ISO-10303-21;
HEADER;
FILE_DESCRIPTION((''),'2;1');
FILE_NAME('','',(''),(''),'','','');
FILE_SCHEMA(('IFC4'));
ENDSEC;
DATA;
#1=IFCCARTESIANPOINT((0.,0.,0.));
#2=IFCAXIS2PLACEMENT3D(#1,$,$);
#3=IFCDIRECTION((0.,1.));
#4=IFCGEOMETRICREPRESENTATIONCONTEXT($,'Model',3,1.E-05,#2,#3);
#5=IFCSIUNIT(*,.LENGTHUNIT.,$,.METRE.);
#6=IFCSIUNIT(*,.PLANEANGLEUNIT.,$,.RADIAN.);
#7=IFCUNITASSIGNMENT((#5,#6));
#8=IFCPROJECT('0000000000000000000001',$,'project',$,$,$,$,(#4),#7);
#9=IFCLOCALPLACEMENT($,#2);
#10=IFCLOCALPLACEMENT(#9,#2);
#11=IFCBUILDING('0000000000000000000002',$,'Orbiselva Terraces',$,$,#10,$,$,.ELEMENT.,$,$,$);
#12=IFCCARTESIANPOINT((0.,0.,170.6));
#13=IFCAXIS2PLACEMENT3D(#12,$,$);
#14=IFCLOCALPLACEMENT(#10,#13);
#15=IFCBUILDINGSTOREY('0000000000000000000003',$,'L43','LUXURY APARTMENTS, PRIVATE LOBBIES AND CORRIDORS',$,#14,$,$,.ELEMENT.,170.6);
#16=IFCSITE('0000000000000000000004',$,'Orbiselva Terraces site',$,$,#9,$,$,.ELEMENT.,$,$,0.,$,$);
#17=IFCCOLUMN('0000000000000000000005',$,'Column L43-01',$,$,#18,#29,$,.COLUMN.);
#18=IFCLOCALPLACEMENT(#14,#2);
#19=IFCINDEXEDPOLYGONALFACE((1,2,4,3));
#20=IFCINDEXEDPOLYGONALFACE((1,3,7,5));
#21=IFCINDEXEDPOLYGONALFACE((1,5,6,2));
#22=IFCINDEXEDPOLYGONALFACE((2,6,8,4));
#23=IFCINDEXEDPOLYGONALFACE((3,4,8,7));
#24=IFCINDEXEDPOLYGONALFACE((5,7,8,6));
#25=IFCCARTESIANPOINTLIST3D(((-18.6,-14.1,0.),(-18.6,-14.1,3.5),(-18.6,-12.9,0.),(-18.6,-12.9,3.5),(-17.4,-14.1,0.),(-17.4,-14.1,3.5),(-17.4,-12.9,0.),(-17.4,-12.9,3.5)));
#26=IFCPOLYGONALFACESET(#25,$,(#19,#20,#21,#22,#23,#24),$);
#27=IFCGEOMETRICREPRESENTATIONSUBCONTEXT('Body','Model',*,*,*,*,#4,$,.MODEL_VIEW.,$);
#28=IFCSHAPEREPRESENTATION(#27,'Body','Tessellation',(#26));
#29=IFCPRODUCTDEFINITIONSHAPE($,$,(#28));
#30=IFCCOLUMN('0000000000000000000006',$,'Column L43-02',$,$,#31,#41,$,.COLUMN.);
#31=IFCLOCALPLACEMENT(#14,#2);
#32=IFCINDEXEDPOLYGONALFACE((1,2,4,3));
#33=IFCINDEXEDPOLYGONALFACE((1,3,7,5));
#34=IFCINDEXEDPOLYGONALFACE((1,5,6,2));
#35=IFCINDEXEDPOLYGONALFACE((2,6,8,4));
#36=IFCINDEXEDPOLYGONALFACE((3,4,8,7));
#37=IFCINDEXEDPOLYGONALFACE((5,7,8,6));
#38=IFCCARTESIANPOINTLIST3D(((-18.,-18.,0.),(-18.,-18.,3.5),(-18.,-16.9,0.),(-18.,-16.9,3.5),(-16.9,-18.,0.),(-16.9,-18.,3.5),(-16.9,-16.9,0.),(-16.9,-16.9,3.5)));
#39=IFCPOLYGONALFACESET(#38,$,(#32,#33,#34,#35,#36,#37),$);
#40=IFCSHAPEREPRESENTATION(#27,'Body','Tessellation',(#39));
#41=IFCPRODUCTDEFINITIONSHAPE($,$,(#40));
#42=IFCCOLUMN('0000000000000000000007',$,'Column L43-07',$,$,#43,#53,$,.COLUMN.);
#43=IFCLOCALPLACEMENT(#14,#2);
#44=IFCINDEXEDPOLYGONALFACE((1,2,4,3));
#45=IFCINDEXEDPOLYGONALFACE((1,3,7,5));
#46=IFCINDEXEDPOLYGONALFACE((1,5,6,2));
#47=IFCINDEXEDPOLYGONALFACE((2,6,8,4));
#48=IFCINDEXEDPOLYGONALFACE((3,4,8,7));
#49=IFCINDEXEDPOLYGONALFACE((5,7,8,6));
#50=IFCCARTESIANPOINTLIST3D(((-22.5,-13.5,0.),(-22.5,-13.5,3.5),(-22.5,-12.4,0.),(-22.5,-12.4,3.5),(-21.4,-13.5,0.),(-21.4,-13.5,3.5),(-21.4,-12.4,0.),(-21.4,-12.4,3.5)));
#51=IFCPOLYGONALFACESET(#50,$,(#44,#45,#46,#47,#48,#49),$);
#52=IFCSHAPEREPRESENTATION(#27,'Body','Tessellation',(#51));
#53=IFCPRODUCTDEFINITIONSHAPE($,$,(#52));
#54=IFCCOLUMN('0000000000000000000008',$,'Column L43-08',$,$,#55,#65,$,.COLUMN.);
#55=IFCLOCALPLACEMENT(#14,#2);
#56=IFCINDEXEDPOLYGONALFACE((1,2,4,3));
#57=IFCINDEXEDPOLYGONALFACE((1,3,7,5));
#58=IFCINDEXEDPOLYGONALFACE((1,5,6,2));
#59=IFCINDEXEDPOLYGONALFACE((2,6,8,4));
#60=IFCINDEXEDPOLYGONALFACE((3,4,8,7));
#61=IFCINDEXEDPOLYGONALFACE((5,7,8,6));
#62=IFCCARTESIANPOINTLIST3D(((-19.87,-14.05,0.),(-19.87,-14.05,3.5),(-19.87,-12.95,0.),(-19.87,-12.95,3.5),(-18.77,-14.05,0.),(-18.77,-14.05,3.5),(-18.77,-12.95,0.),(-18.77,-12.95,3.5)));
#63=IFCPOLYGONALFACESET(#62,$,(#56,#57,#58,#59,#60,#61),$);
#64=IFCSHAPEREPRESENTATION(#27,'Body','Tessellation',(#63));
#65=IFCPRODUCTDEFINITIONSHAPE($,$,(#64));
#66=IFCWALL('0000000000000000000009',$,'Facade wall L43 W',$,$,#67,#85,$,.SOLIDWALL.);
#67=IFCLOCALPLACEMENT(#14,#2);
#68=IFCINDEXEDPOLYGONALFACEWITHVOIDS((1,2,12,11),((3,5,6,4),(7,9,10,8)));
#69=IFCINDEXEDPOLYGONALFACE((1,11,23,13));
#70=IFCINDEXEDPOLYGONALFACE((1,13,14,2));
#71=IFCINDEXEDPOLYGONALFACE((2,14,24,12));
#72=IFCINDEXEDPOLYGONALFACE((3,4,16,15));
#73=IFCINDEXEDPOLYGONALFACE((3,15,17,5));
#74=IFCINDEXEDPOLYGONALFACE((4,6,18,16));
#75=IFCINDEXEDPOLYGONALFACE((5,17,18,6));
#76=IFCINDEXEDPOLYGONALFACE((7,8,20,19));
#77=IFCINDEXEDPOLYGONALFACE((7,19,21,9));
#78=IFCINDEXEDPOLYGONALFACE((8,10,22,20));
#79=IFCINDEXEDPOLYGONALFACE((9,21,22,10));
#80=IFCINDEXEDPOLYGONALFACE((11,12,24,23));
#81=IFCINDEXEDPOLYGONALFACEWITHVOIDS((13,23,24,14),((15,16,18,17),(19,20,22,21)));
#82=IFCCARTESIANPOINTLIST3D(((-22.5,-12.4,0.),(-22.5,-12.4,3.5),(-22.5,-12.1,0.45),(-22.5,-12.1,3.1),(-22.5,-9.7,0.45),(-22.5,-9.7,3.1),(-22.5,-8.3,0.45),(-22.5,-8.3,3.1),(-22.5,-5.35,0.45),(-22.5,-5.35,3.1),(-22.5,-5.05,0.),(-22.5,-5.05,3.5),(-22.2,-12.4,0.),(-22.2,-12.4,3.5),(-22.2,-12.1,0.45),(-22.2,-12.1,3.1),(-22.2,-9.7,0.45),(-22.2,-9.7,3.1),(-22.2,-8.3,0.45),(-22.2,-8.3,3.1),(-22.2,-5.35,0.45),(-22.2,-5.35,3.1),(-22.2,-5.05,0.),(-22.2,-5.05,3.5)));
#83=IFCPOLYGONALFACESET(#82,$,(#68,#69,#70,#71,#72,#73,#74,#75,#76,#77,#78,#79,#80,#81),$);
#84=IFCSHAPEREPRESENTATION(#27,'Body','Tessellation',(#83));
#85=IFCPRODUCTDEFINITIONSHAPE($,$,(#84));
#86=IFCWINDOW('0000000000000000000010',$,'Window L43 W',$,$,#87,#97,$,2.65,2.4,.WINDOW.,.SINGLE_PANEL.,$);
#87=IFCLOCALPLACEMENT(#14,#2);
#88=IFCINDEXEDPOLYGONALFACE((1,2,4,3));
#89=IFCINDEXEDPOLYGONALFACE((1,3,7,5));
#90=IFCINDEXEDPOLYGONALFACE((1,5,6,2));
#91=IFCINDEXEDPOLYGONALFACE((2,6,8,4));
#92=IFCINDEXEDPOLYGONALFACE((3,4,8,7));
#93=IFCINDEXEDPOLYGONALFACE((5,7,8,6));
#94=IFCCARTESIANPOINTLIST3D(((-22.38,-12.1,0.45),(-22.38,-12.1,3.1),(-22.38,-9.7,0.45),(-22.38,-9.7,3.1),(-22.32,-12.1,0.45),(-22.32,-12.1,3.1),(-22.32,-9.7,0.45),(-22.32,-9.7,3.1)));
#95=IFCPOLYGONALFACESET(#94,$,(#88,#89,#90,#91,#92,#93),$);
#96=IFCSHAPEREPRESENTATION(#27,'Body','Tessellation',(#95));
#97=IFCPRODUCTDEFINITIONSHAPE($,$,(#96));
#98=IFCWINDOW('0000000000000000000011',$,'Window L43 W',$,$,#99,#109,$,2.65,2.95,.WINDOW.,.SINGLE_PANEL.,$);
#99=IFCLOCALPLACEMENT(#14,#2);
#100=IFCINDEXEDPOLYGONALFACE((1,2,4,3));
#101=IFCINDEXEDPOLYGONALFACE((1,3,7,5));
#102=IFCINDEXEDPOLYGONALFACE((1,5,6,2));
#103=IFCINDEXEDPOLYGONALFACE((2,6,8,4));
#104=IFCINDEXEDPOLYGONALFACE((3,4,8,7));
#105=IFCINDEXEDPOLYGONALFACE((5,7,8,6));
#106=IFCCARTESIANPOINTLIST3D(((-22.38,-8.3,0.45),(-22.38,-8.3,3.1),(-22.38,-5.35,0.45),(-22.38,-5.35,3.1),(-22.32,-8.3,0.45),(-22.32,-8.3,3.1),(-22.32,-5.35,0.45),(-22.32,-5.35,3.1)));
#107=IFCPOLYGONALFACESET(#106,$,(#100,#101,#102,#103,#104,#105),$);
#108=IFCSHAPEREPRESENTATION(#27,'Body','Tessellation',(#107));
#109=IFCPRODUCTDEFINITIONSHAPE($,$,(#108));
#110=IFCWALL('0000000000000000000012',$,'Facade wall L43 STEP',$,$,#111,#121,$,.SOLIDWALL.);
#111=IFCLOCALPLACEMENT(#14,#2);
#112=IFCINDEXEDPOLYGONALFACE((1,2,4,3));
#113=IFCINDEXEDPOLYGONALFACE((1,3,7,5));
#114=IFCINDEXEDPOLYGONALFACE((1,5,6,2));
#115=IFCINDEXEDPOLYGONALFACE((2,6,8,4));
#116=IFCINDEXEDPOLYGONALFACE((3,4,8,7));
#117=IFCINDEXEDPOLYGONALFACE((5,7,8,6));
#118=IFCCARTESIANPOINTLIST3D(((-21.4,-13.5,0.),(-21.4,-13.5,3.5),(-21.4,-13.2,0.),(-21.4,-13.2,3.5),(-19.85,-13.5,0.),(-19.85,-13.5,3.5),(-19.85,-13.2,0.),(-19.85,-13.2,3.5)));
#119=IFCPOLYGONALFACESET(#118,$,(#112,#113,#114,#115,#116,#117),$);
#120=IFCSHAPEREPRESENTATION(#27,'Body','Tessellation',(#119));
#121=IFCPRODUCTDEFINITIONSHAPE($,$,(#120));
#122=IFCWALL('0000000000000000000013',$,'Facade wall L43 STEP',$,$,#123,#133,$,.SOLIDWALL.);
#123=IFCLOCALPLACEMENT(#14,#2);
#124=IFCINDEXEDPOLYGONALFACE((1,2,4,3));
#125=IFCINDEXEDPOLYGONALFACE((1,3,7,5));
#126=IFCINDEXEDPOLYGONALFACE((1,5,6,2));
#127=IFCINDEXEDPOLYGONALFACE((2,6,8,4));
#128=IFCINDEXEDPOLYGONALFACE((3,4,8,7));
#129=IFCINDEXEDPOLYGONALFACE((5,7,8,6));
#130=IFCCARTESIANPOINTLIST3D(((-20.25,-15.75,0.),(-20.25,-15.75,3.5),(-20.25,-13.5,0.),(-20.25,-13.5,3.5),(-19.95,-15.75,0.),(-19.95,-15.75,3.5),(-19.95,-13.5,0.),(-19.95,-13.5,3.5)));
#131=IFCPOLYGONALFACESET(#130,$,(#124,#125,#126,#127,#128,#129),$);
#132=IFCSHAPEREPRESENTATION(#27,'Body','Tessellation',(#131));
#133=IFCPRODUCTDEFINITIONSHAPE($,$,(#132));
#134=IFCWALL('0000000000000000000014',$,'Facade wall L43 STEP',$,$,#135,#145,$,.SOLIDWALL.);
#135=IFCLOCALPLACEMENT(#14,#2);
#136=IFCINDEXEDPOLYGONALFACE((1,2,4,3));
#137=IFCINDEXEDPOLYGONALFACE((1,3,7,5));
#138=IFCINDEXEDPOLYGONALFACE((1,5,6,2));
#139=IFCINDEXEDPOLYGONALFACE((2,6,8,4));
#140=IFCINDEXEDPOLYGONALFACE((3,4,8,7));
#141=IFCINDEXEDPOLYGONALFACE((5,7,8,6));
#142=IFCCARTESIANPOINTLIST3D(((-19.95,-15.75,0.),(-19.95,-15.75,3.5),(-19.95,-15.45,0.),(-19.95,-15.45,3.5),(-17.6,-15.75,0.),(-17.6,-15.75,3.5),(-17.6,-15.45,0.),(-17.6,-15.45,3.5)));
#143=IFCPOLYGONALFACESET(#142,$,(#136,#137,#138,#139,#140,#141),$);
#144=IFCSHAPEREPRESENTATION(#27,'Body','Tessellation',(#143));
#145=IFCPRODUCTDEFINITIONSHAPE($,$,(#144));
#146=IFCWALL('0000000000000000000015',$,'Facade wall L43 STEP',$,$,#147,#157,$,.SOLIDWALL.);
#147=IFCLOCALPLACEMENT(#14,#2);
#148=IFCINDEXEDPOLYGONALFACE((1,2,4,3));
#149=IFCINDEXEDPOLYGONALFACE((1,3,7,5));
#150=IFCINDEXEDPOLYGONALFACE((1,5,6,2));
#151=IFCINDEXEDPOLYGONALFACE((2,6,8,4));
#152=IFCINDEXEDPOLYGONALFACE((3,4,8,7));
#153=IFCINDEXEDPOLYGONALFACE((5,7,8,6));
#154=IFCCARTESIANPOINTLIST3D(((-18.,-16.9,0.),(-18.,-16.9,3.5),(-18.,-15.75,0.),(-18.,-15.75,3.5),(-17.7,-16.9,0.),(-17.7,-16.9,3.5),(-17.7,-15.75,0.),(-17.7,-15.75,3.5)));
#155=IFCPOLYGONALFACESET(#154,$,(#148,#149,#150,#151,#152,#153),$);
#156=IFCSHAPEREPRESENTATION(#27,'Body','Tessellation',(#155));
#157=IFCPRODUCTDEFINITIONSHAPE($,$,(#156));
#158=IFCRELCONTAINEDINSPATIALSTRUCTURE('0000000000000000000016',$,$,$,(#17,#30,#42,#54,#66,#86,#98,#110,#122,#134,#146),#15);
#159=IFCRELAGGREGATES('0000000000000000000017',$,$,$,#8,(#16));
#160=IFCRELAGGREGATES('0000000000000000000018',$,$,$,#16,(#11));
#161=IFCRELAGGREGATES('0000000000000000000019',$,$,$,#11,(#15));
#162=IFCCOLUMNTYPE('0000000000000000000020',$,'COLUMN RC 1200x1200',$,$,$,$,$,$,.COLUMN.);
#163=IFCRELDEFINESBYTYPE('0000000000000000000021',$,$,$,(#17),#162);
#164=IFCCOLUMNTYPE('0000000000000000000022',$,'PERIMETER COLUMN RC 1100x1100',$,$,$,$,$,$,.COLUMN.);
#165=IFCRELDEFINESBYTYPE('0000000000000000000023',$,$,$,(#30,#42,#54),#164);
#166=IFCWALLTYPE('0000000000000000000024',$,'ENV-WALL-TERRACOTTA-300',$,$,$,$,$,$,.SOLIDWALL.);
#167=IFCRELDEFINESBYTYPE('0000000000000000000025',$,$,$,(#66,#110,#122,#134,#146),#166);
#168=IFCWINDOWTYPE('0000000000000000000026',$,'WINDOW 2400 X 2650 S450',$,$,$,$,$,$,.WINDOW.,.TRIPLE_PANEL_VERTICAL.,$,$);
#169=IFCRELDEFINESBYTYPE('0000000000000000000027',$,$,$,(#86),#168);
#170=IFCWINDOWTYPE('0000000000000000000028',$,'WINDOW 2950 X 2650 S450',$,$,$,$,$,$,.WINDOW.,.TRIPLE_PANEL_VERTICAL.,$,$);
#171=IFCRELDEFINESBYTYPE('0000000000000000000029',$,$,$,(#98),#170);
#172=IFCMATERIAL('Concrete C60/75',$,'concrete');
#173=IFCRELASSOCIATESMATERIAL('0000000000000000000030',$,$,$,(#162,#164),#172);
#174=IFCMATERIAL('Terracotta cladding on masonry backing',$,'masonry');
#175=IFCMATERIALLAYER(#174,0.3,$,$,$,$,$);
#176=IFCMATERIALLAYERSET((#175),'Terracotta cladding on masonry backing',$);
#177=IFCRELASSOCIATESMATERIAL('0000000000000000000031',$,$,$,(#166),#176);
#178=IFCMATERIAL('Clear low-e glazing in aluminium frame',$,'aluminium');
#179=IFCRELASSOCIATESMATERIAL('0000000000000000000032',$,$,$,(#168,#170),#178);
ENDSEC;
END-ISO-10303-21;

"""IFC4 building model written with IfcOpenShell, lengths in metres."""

from ifc_helpers import new_model, si_unit, direction, frame, frame_2d, origin, origin_2d, place, context, subcontext, project, spatial, rectangle, extrude, material, layer, layer_set, material_profile, profile_set, type_object, element, fill, save


model = new_model("IFC4")

# Units and contexts
model_context = context("Model", 3, precision=1e-05, world=origin(), true_north=direction((0.0, 1.0)))
body_context = subcontext(model_context, "Body", "Model", "MODEL_VIEW")
ifc_project = project(units=[si_unit("LENGTHUNIT", "METRE"), si_unit("PLANEANGLEUNIT", "RADIAN")], contexts=[model_context])

# Site, building, storey
site_placement = place(None, origin())
site = spatial("IfcSite", under=ifc_project, at=site_placement, Name="Orbiselva Terraces site", CompositionType="ELEMENT", RefElevation=0.0)
building_placement = place(site_placement, origin())
building = spatial("IfcBuilding", under=site, at=building_placement, Name="Orbiselva Terraces", CompositionType="ELEMENT")
storey_placement = place(building_placement, frame((0.0, 0.0, 170.6)))
storey = spatial("IfcBuildingStorey", under=building, at=storey_placement, Name="L43", Description="LUXURY APARTMENTS, PRIVATE LOBBIES AND CORRIDORS", CompositionType="ELEMENT", Elevation=170.6)

# Columns
ifc_material_1 = material(Name="Concrete C60/75", Category="concrete")
ifc_material_profile_1 = material_profile(ifc_material_1, rectangle(XDim=1.2, YDim=1.2, at=origin_2d()), Name="RC 1200x1200")
ifc_profile_set_1 = profile_set([ifc_material_profile_1], Name="Concrete C60/75")
column_type_1 = type_object("IfcColumnType", Name="COLUMN RC 1200x1200", PredefinedType="COLUMN", material=ifc_profile_set_1)
column_placement = place(storey_placement, frame((-18.0, -13.5, 0.0), z_axis=(0.0, 0.0, 1.0), x_axis=(1.0, 0.0, 0.0)))
element("IfcColumn", 1, at=column_placement, inside=storey, type_object=column_type_1, Name="Column L43-01", PredefinedType="COLUMN", context=body_context, shape_type="SweptSolid", body=[
    extrude(rectangle(XDim=1.2, YDim=1.2, at=origin_2d()), origin(), (0.0, 0.0, 1.0), 3.5),
])
ifc_material_profile_2 = material_profile(ifc_material_1, rectangle(XDim=1.1, YDim=1.1, at=origin_2d()), Name="RC 1100x1100")
ifc_profile_set_2 = profile_set([ifc_material_profile_2], Name="Concrete C60/75")
column_type_2 = type_object("IfcColumnType", Name="PERIMETER COLUMN RC 1100x1100", PredefinedType="COLUMN", material=ifc_profile_set_2)
for number, where, z_axis, x_axis, name in (
    (2, (-17.45, -17.45, 0.0), (0.0, 0.0, 1.0), (1.0, 0.0, 0.0), "Column L43-02"),
    (3, (-21.95, -12.95, 0.0), (0.0, 0.0, 1.0), (1.0, 0.0, 0.0), "Column L43-07"),
    (4, (-19.32, -13.5, 0.0), (0.0, 0.0, 1.0), (1.0, 0.0, 0.0), "Column L43-08"),
):
    element("IfcColumn", number, at=place(storey_placement, frame(where, z_axis=z_axis, x_axis=x_axis)), inside=storey, type_object=column_type_2, Name=name, PredefinedType="COLUMN", context=body_context, shape_type="SweptSolid", body=[
        extrude(rectangle(XDim=1.1, YDim=1.1, at=origin_2d()), origin(), (0.0, 0.0, 1.0), 3.5),
    ])

# Wall, openings, windows
ifc_material_2 = material(Name="Terracotta cladding on masonry backing", Category="masonry")
ifc_layer_1 = layer(ifc_material_2, 0.3)
ifc_layer_set_1 = layer_set([ifc_layer_1], Name="Terracotta cladding on masonry backing")
wall_type_1 = type_object("IfcWallType", Name="ENV-WALL-TERRACOTTA-300", PredefinedType="SOLIDWALL", material=ifc_layer_set_1)
wall_1_placement = place(storey_placement, frame((-22.35, -12.4, 0.0), z_axis=(0.0, 0.0, 1.0), x_axis=(0.0, 1.0, 0.0)))
wall_1 = element("IfcWall", 5, at=wall_1_placement, inside=storey, type_object=wall_type_1, Name="Facade wall L43 W", PredefinedType="SOLIDWALL", context=body_context, shape_type="SweptSolid", body=[
    extrude(rectangle(XDim=7.35, YDim=0.3, at=frame_2d((3.675, 0.0))), origin(), (0.0, 0.0, 1.0), 3.5),
])
opening_1_placement = place(wall_1_placement, frame((4.1, 0.0, 0.45)))
opening_1 = element("IfcOpeningElement", 6, at=opening_1_placement, cuts=wall_1, PredefinedType="OPENING", context=body_context, shape_type="SweptSolid", body=[
    extrude(rectangle(XDim=2.95, YDim=2.65, at=frame_2d((1.475, 1.325))), frame((0.0, 0.16, 0.0), z_axis=(0.0, -1.0, 0.0), x_axis=(1.0, 0.0, 0.0)), (0.0, 0.0, 1.0), 0.32),
])
opening_2_placement = place(wall_1_placement, frame((0.3, 0.0, 0.45)))
opening_2 = element("IfcOpeningElement", 7, at=opening_2_placement, cuts=wall_1, PredefinedType="OPENING", context=body_context, shape_type="SweptSolid", body=[
    extrude(rectangle(XDim=2.4, YDim=2.65, at=frame_2d((1.2, 1.325))), frame((0.0, 0.16, 0.0), z_axis=(0.0, -1.0, 0.0), x_axis=(1.0, 0.0, 0.0)), (0.0, 0.0, 1.0), 0.32),
])
ifc_material_3 = material(Name="Clear low-e glazing in aluminium frame", Category="aluminium")
window_type_1 = type_object("IfcWindowType", Name="WINDOW 2400 X 2650 S450", PartitioningType="TRIPLE_PANEL_VERTICAL", PredefinedType="WINDOW", material=ifc_material_3)
window_1_placement = place(opening_2_placement, origin())
window_1 = element("IfcWindow", 8, at=window_1_placement, inside=storey, type_object=window_type_1, Name="Window L43 W", OverallHeight=2.65, OverallWidth=2.4, PartitioningType="SINGLE_PANEL", PredefinedType="WINDOW", context=body_context, shape_type="SweptSolid", body=[
    extrude(rectangle(XDim=2.4, YDim=2.65, at=frame_2d((1.2, 1.325))), frame((0.0, 0.03, 0.0), z_axis=(0.0, -1.0, 0.0), x_axis=(1.0, 0.0, 0.0)), (0.0, 0.0, 1.0), 0.06),
])
fill(opening_2, window_1)
window_type_2 = type_object("IfcWindowType", Name="WINDOW 2950 X 2650 S450", PartitioningType="TRIPLE_PANEL_VERTICAL", PredefinedType="WINDOW", material=ifc_material_3)
window_2_placement = place(opening_1_placement, origin())
window_2 = element("IfcWindow", 9, at=window_2_placement, inside=storey, type_object=window_type_2, Name="Window L43 W", OverallHeight=2.65, OverallWidth=2.95, PartitioningType="SINGLE_PANEL", PredefinedType="WINDOW", context=body_context, shape_type="SweptSolid", body=[
    extrude(rectangle(XDim=2.95, YDim=2.65, at=frame_2d((1.475, 1.325))), frame((0.0, 0.03, 0.0), z_axis=(0.0, -1.0, 0.0), x_axis=(1.0, 0.0, 0.0)), (0.0, 0.0, 1.0), 0.06),
])
fill(opening_1, window_2)

# Walls
wall_2_placement = place(storey_placement, frame((-19.85, -13.35, 0.0), z_axis=(0.0, 0.0, 1.0), x_axis=(-1.0, 0.0, 0.0)))
element("IfcWall", 10, at=wall_2_placement, inside=storey, type_object=wall_type_1, Name="Facade wall L43 STEP", PredefinedType="SOLIDWALL", context=body_context, shape_type="SweptSolid", body=[
    extrude(rectangle(XDim=1.55, YDim=0.3, at=frame_2d((0.775, 0.0))), origin(), (0.0, 0.0, 1.0), 3.5),
])
wall_3_placement = place(storey_placement, frame((-20.1, -15.75, 0.0), z_axis=(0.0, 0.0, 1.0), x_axis=(0.0, 1.0, 0.0)))
element("IfcWall", 11, at=wall_3_placement, inside=storey, type_object=wall_type_1, Name="Facade wall L43 STEP", PredefinedType="SOLIDWALL", context=body_context, shape_type="SweptSolid", body=[
    extrude(rectangle(XDim=2.25, YDim=0.3, at=frame_2d((1.125, 0.0))), origin(), (0.0, 0.0, 1.0), 3.5),
])
wall_4_placement = place(storey_placement, frame((-17.6, -15.6, 0.0), z_axis=(0.0, 0.0, 1.0), x_axis=(-1.0, 0.0, 0.0)))
element("IfcWall", 12, at=wall_4_placement, inside=storey, type_object=wall_type_1, Name="Facade wall L43 STEP", PredefinedType="SOLIDWALL", context=body_context, shape_type="SweptSolid", body=[
    extrude(rectangle(XDim=2.35, YDim=0.3, at=frame_2d((1.175, 0.0))), origin(), (0.0, 0.0, 1.0), 3.5),
])
wall_5_placement = place(storey_placement, frame((-17.85, -16.9, 0.0), z_axis=(0.0, 0.0, 1.0), x_axis=(0.0, 1.0, 0.0)))
element("IfcWall", 13, at=wall_5_placement, inside=storey, type_object=wall_type_1, Name="Facade wall L43 STEP", PredefinedType="SOLIDWALL", context=body_context, shape_type="SweptSolid", body=[
    extrude(rectangle(XDim=1.15, YDim=0.3, at=frame_2d((0.575, 0.0))), origin(), (0.0, 0.0, 1.0), 3.5),
])

save(model, "model.ifc")
